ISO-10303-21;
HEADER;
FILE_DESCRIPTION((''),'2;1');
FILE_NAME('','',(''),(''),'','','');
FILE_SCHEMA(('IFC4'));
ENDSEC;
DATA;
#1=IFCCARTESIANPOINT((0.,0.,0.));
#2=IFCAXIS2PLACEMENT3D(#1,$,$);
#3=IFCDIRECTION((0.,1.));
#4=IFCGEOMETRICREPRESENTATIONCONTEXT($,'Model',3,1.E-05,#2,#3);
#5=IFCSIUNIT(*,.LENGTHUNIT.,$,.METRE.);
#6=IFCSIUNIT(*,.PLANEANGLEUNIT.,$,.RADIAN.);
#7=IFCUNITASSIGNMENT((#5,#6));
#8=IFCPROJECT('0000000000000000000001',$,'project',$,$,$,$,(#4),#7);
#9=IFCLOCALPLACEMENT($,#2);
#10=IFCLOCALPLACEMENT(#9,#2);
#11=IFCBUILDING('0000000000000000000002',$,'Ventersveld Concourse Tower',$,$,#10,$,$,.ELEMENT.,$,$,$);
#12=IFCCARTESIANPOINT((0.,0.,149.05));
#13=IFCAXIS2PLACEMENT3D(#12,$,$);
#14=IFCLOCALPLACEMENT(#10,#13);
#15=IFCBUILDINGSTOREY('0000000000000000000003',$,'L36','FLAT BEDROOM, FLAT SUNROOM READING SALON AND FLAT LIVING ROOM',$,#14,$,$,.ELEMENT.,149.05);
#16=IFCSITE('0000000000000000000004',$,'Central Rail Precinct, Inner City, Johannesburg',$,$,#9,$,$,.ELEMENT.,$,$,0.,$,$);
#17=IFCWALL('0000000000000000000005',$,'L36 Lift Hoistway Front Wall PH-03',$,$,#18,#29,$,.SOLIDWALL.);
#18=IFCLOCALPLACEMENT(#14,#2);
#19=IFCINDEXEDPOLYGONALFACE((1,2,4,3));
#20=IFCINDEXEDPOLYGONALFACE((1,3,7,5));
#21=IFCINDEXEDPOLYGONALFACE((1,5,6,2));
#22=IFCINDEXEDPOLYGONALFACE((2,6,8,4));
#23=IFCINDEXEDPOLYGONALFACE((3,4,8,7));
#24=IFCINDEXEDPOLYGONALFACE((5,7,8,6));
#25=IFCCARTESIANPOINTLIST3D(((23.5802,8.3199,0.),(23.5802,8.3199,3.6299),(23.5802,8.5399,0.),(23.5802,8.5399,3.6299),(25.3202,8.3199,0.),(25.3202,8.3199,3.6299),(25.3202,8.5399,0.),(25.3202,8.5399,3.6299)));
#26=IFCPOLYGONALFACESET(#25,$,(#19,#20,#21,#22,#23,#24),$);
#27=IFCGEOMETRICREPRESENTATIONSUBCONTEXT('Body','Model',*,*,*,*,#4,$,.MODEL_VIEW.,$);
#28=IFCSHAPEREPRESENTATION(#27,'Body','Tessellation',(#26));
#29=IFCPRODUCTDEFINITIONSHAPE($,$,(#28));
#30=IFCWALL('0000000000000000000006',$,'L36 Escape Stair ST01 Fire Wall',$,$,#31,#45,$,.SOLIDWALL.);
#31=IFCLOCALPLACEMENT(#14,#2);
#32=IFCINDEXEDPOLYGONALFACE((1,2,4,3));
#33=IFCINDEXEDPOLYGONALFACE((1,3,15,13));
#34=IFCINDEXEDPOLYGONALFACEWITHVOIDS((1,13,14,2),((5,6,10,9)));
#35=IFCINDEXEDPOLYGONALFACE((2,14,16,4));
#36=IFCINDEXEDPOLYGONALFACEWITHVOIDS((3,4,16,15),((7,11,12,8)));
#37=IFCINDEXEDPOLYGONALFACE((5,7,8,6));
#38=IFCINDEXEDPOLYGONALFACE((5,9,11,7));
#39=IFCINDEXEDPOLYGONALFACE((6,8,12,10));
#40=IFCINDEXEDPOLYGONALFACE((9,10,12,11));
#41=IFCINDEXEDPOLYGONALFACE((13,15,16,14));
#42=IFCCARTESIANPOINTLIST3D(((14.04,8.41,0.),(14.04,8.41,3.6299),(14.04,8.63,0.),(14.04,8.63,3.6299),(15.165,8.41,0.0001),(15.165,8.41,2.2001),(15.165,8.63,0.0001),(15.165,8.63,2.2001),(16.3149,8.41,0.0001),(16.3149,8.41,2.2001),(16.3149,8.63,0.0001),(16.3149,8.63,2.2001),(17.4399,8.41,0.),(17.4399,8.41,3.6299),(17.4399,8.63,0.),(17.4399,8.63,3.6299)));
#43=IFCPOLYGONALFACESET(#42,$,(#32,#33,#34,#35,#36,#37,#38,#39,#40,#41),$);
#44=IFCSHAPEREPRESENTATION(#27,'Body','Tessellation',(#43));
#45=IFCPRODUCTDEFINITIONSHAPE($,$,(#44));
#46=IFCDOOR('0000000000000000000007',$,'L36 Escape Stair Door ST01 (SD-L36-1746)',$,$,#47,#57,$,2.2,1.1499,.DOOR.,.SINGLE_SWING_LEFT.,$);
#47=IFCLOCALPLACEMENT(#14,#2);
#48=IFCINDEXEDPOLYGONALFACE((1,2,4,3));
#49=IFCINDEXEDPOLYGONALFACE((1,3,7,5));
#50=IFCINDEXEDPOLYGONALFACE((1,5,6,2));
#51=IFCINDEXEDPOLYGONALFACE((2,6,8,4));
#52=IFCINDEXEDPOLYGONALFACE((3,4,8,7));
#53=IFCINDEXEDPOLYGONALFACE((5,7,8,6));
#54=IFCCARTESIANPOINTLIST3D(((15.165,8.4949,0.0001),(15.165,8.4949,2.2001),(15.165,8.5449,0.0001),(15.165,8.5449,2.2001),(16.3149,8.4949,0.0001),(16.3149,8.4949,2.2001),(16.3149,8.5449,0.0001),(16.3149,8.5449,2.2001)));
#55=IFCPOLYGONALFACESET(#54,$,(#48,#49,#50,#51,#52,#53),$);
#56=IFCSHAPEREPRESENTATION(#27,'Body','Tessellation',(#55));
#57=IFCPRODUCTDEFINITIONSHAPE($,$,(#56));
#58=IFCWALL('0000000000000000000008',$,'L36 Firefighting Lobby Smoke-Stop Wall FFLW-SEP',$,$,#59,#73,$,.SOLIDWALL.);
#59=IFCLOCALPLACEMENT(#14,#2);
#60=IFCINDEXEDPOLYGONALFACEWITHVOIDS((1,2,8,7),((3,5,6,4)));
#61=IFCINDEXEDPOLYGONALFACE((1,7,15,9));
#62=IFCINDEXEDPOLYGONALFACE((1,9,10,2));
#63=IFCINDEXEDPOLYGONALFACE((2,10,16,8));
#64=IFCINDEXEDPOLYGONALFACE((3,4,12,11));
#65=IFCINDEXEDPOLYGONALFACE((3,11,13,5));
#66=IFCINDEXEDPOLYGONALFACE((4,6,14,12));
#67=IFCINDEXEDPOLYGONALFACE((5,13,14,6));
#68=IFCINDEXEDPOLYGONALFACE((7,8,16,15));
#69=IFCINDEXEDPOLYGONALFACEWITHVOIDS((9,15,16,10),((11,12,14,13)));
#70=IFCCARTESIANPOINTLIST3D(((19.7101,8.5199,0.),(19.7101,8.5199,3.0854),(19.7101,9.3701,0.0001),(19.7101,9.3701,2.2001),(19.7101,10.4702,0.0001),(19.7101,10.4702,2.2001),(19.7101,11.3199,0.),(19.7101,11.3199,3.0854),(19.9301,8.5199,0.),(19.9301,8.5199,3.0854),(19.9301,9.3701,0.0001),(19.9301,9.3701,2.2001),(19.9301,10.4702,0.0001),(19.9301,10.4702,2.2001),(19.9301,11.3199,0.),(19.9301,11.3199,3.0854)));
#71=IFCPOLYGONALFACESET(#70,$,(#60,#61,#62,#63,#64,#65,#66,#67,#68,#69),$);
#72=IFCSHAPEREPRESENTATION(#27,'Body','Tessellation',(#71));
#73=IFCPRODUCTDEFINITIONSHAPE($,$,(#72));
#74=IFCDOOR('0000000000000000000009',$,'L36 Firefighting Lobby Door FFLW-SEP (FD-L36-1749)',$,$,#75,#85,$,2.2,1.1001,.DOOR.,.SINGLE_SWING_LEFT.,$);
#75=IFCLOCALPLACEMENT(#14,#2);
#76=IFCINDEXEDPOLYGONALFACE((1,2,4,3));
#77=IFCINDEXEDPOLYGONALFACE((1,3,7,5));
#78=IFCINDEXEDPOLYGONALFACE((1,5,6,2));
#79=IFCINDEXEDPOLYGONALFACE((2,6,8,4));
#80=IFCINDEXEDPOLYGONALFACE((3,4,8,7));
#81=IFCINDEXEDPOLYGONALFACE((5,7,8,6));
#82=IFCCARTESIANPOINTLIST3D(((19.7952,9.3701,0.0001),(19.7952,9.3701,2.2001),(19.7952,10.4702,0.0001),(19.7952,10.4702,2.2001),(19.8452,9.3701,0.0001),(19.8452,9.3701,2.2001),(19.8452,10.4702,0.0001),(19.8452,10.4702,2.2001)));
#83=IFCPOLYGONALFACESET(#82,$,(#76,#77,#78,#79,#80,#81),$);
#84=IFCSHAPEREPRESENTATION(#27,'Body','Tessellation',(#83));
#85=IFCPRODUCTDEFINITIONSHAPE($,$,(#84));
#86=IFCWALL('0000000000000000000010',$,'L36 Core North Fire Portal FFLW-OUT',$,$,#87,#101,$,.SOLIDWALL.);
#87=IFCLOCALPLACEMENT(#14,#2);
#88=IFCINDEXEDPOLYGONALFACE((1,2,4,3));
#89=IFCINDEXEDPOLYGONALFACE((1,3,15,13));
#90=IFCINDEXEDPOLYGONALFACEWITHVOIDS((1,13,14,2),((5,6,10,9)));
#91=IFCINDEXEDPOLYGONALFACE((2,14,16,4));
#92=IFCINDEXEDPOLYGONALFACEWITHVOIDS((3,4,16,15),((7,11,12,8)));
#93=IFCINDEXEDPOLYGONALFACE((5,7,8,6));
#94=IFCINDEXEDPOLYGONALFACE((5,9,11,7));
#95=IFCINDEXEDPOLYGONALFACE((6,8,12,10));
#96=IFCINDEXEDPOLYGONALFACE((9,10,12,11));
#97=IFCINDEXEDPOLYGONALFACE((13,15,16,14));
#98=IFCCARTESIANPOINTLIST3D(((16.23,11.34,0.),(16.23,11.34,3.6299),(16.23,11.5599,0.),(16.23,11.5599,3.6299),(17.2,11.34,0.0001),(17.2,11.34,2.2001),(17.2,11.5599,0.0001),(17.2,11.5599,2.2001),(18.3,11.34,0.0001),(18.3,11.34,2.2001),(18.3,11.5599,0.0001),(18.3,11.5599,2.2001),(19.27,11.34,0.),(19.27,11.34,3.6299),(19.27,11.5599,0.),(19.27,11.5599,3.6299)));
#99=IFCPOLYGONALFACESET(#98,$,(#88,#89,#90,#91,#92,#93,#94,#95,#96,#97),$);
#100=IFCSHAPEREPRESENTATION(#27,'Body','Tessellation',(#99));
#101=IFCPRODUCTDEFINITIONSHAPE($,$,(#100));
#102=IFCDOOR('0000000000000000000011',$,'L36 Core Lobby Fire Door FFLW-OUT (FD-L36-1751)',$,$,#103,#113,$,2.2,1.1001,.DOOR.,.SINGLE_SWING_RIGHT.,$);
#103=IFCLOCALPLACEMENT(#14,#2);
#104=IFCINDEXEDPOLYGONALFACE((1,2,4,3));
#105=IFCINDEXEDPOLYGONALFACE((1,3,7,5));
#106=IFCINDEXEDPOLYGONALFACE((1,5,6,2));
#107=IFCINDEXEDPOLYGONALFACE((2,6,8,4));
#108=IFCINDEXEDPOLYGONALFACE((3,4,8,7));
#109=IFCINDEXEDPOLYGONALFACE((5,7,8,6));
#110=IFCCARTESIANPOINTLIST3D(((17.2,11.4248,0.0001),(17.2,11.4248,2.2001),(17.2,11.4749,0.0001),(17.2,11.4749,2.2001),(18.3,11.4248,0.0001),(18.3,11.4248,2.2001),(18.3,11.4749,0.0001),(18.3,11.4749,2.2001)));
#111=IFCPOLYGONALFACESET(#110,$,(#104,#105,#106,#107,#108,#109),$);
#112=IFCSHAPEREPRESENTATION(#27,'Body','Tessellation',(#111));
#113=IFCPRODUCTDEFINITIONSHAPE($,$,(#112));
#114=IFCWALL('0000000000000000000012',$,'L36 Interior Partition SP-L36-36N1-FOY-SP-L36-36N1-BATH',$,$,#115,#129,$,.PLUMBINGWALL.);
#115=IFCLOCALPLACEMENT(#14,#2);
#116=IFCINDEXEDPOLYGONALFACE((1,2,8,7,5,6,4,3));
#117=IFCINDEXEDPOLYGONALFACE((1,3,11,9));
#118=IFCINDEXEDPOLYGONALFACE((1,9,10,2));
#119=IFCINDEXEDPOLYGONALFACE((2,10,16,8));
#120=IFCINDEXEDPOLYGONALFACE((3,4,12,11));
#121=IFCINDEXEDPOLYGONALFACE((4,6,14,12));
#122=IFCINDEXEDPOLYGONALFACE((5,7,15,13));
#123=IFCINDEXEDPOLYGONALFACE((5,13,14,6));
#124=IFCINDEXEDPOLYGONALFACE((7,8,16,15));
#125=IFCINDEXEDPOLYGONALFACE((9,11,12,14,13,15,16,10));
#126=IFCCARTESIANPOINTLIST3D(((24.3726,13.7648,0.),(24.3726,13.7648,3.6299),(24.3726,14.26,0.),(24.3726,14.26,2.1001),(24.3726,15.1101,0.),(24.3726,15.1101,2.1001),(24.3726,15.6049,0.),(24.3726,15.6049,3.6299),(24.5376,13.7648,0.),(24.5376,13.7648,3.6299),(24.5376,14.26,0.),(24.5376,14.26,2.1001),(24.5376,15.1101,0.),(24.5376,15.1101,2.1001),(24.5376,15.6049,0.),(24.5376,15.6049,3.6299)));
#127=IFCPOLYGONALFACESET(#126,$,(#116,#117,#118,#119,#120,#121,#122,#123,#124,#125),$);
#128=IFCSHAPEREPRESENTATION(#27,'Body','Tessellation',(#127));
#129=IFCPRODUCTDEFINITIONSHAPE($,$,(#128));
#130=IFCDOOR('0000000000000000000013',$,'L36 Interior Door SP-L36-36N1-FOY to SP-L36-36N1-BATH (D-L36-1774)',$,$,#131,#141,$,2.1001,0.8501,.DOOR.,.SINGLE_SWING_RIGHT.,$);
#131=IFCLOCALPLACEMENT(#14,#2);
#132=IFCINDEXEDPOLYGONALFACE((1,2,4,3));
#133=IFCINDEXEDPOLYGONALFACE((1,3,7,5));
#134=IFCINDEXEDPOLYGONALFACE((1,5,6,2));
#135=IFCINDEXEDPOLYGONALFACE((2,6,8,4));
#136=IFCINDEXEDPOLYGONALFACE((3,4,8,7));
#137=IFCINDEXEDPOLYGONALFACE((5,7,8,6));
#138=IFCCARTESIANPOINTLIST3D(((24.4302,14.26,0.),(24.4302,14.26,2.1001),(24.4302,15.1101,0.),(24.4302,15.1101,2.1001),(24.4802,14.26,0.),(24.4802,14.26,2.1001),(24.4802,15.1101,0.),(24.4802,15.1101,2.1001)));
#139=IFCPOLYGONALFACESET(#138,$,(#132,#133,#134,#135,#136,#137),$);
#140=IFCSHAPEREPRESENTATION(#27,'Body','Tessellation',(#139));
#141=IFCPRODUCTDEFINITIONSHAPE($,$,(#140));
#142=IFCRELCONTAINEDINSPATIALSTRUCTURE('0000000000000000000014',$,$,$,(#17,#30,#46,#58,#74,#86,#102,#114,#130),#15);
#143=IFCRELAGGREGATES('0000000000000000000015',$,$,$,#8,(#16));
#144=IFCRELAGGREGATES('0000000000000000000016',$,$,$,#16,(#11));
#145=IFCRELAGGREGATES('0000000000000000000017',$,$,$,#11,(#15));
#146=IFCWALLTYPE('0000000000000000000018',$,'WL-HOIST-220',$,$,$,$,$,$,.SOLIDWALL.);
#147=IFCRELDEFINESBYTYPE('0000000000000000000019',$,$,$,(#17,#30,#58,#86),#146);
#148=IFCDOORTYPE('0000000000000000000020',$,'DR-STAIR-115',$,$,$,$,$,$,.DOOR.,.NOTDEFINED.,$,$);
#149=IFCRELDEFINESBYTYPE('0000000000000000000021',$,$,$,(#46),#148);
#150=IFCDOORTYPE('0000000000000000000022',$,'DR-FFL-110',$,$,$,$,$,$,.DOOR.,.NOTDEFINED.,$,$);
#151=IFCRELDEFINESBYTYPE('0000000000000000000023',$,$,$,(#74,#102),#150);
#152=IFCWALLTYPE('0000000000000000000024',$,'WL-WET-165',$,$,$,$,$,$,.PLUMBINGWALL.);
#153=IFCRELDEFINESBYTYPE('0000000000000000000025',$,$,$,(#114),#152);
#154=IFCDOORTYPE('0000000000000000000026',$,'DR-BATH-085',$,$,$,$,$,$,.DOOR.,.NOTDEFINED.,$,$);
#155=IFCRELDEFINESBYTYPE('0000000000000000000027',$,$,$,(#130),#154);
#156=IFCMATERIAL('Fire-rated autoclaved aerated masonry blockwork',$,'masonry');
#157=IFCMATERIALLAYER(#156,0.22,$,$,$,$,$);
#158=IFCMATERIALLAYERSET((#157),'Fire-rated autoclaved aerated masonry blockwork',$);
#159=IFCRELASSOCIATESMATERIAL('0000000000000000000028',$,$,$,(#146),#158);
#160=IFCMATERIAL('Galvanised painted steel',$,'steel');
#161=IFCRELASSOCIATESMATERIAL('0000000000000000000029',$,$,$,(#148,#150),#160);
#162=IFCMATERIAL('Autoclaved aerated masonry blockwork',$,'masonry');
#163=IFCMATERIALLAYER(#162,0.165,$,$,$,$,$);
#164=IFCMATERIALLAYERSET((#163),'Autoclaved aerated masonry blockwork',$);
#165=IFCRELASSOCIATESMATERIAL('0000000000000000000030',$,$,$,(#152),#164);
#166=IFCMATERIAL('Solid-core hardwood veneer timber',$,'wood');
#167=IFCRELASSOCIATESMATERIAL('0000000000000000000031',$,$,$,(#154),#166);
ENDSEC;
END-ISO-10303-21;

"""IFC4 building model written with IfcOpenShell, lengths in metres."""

from ifc_helpers import new_model, si_unit, direction, frame, frame_2d, origin, place, context, subcontext, project, spatial, rectangle, extrude, material, layer, layer_set, type_object, element, fill, save


model = new_model("IFC4")

# Units and contexts
model_context = context("Model", 3, precision=1e-05, world=origin(), true_north=direction((0.0, 1.0)))
body_context = subcontext(model_context, "Body", "Model", "MODEL_VIEW")
ifc_project = project(units=[si_unit("LENGTHUNIT", "METRE"), si_unit("PLANEANGLEUNIT", "RADIAN")], contexts=[model_context])

# Site, building, storey
site_placement = place(None, origin())
site = spatial("IfcSite", under=ifc_project, at=site_placement, Name="Central Rail Precinct, Inner City, Johannesburg", CompositionType="ELEMENT", RefElevation=0.0)
building_placement = place(site_placement, origin())
building = spatial("IfcBuilding", under=site, at=building_placement, Name="Ventersveld Concourse Tower", CompositionType="ELEMENT")
storey_placement = place(building_placement, frame((0.0, 0.0, 149.05)))
storey = spatial("IfcBuildingStorey", under=building, at=storey_placement, Name="L36", Description="FLAT BEDROOM, FLAT SUNROOM READING SALON AND FLAT LIVING ROOM", CompositionType="ELEMENT", Elevation=149.05)

# Shared definitions
ifc_material_1 = material(Name="Fire-rated autoclaved aerated masonry blockwork", Category="masonry")

# Shared definitions
ifc_layer_1 = layer(ifc_material_1, 0.22)
ifc_layer_set_1 = layer_set([ifc_layer_1], Name="Fire-rated autoclaved aerated masonry blockwork")
wall_type_1 = type_object("IfcWallType", Name="WL-HOIST-220", PredefinedType="SOLIDWALL", material=ifc_layer_set_1)

# Wall
wall_1_placement = place(storey_placement, frame((23.5801, 8.4299, 0.0), z_axis=(0.0, 0.0, 1.0), x_axis=(1.0, 0.0, 0.0)))
element("IfcWall", 1, at=wall_1_placement, inside=storey, type_object=wall_type_1, Name="L36 Lift Hoistway Front Wall PH-03", PredefinedType="SOLIDWALL", context=body_context, shape_type="SweptSolid", body=[
    extrude(rectangle(XDim=1.74, YDim=0.22, at=frame_2d((0.8701, 0.0))), origin(), (0.0, 0.0, 1.0), 3.6299),
])

# Walls, openings, doors
wall_2_placement = place(storey_placement, frame((14.04, 8.52, 0.0), z_axis=(0.0, 0.0, 1.0), x_axis=(1.0, 0.0, 0.0)))
wall_2 = element("IfcWall", 2, at=wall_2_placement, inside=storey, type_object=wall_type_1, Name="L36 Escape Stair ST01 Fire Wall", PredefinedType="SOLIDWALL", context=body_context, shape_type="SweptSolid", body=[
    extrude(rectangle(XDim=3.3999, YDim=0.22, at=frame_2d((1.7, 0.0))), origin(), (0.0, 0.0, 1.0), 3.6299),
])
opening_1_placement = place(wall_2_placement, frame((1.125, 0.0, 0.0)))
opening_1 = element("IfcOpeningElement", 3, at=opening_1_placement, cuts=wall_2, PredefinedType="OPENING", context=body_context, shape_type="SweptSolid", body=[
    extrude(rectangle(XDim=1.1499, YDim=2.2, at=frame_2d((0.575, 1.1001))), frame((0.0, 0.1201, 0.0), z_axis=(0.0, -1.0, 0.0), x_axis=(1.0, 0.0, 0.0)), (0.0, 0.0, 1.0), 0.24),
])
ifc_material_2 = material(Name="Galvanised painted steel", Category="steel")
door_type_1 = type_object("IfcDoorType", Name="DR-STAIR-115", OperationType="NOTDEFINED", PredefinedType="DOOR", material=ifc_material_2)
door_1_placement = place(opening_1_placement, origin())
door_1 = element("IfcDoor", 4, at=door_1_placement, inside=storey, type_object=door_type_1, Name="L36 Escape Stair Door ST01 (SD-L36-1746)", OperationType="SINGLE_SWING_LEFT", OverallHeight=2.2, OverallWidth=1.1499, PredefinedType="DOOR", context=body_context, shape_type="SweptSolid", body=[
    extrude(rectangle(XDim=1.1499, YDim=2.2, at=frame_2d((0.575, 1.1001))), frame((0.0, 0.0249, 0.0), z_axis=(0.0, -1.0, 0.0), x_axis=(1.0, 0.0, 0.0)), (0.0, 0.0, 1.0), 0.05),
])
fill(opening_1, door_1)
wall_3_placement = place(storey_placement, frame((19.8201, 8.52, 0.0), z_axis=(0.0, 0.0, 1.0), x_axis=(0.0, 1.0, 0.0)))
wall_3 = element("IfcWall", 5, at=wall_3_placement, inside=storey, type_object=wall_type_1, Name="L36 Firefighting Lobby Smoke-Stop Wall FFLW-SEP", PredefinedType="SOLIDWALL", context=body_context, shape_type="SweptSolid", body=[
    extrude(rectangle(XDim=2.8, YDim=0.22, at=frame_2d((1.3999, 0.0))), origin(), (0.0, 0.0, 1.0), 3.0854),
])
opening_2_placement = place(wall_3_placement, frame((0.8501, 0.0, 0.0)))
opening_2 = element("IfcOpeningElement", 6, at=opening_2_placement, cuts=wall_3, PredefinedType="OPENING", context=body_context, shape_type="SweptSolid", body=[
    extrude(rectangle(XDim=1.1001, YDim=2.2, at=frame_2d((0.55, 1.1001))), frame((0.0, 0.1201, 0.0), z_axis=(0.0, -1.0, 0.0), x_axis=(1.0, 0.0, 0.0)), (0.0, 0.0, 1.0), 0.24),
])
door_type_2 = type_object("IfcDoorType", Name="DR-FFL-110", OperationType="NOTDEFINED", PredefinedType="DOOR", material=ifc_material_2)
door_2_placement = place(opening_2_placement, origin())
door_2 = element("IfcDoor", 7, at=door_2_placement, inside=storey, type_object=door_type_2, Name="L36 Firefighting Lobby Door FFLW-SEP (FD-L36-1749)", OperationType="SINGLE_SWING_LEFT", OverallHeight=2.2, OverallWidth=1.1001, PredefinedType="DOOR", context=body_context, shape_type="SweptSolid", body=[
    extrude(rectangle(XDim=1.1001, YDim=2.2, at=frame_2d((0.55, 1.1001))), frame((0.0, 0.0249, 0.0), z_axis=(0.0, -1.0, 0.0), x_axis=(1.0, 0.0, 0.0)), (0.0, 0.0, 1.0), 0.05),
])
fill(opening_2, door_2)
wall_4_placement = place(storey_placement, frame((16.23, 11.45, 0.0), z_axis=(0.0, 0.0, 1.0), x_axis=(1.0, 0.0, 0.0)))
wall_4 = element("IfcWall", 8, at=wall_4_placement, inside=storey, type_object=wall_type_1, Name="L36 Core North Fire Portal FFLW-OUT", PredefinedType="SOLIDWALL", context=body_context, shape_type="SweptSolid", body=[
    extrude(rectangle(XDim=3.04, YDim=0.22, at=frame_2d((1.52, 0.0))), origin(), (0.0, 0.0, 1.0), 3.6299),
])
opening_3_placement = place(wall_4_placement, frame((0.97, 0.0, 0.0)))
opening_3 = element("IfcOpeningElement", 9, at=opening_3_placement, cuts=wall_4, PredefinedType="OPENING", context=body_context, shape_type="SweptSolid", body=[
    extrude(rectangle(XDim=1.1001, YDim=2.2, at=frame_2d((0.55, 1.1001))), frame((0.0, 0.1201, 0.0), z_axis=(0.0, -1.0, 0.0), x_axis=(1.0, 0.0, 0.0)), (0.0, 0.0, 1.0), 0.24),
])
door_3_placement = place(opening_3_placement, origin())
door_3 = element("IfcDoor", 10, at=door_3_placement, inside=storey, type_object=door_type_2, Name="L36 Core Lobby Fire Door FFLW-OUT (FD-L36-1751)", OperationType="SINGLE_SWING_RIGHT", OverallHeight=2.2, OverallWidth=1.1001, PredefinedType="DOOR", context=body_context, shape_type="SweptSolid", body=[
    extrude(rectangle(XDim=1.1001, YDim=2.2, at=frame_2d((0.55, 1.1001))), frame((0.0, 0.0249, 0.0), z_axis=(0.0, -1.0, 0.0), x_axis=(1.0, 0.0, 0.0)), (0.0, 0.0, 1.0), 0.05),
])
fill(opening_3, door_3)
ifc_material_3 = material(Name="Autoclaved aerated masonry blockwork", Category="masonry")
ifc_layer_2 = layer(ifc_material_3, 0.165)
ifc_layer_set_2 = layer_set([ifc_layer_2], Name="Autoclaved aerated masonry blockwork")
wall_type_2 = type_object("IfcWallType", Name="WL-WET-165", PredefinedType="PLUMBINGWALL", material=ifc_layer_set_2)
wall_5_placement = place(storey_placement, frame((24.4551, 13.7649, 0.0), z_axis=(0.0, 0.0, 1.0), x_axis=(0.0, 1.0, 0.0)))
wall_5 = element("IfcWall", 11, at=wall_5_placement, inside=storey, type_object=wall_type_2, Name="L36 Interior Partition SP-L36-36N1-FOY-SP-L36-36N1-BATH", PredefinedType="PLUMBINGWALL", context=body_context, shape_type="SweptSolid", body=[
    extrude(rectangle(XDim=1.8401, YDim=0.165, at=frame_2d((0.9199, 0.0))), origin(), (0.0, 0.0, 1.0), 3.6299),
])
opening_4_placement = place(wall_5_placement, frame((0.4951, 0.0, 0.0)))
opening_4 = element("IfcOpeningElement", 12, at=opening_4_placement, cuts=wall_5, PredefinedType="OPENING", context=body_context, shape_type="SweptSolid", body=[
    extrude(rectangle(XDim=0.8501, YDim=2.1001, at=frame_2d((0.425, 1.05))), frame((0.0, 0.0925, 0.0), z_axis=(0.0, -1.0, 0.0), x_axis=(1.0, 0.0, 0.0)), (0.0, 0.0, 1.0), 0.1851),
])
ifc_material_4 = material(Name="Solid-core hardwood veneer timber", Category="wood")
door_type_3 = type_object("IfcDoorType", Name="DR-BATH-085", OperationType="NOTDEFINED", PredefinedType="DOOR", material=ifc_material_4)
door_4_placement = place(opening_4_placement, origin())
door_4 = element("IfcDoor", 13, at=door_4_placement, inside=storey, type_object=door_type_3, Name="L36 Interior Door SP-L36-36N1-FOY to SP-L36-36N1-BATH (D-L36-1774)", OperationType="SINGLE_SWING_RIGHT", OverallHeight=2.1001, OverallWidth=0.8501, PredefinedType="DOOR", context=body_context, shape_type="SweptSolid", body=[
    extrude(rectangle(XDim=0.8501, YDim=2.1001, at=frame_2d((0.425, 1.05))), frame((0.0, 0.0249, 0.0), z_axis=(0.0, -1.0, 0.0), x_axis=(1.0, 0.0, 0.0)), (0.0, 0.0, 1.0), 0.05),
])
fill(opening_4, door_4)

save(model, "model.ifc")
